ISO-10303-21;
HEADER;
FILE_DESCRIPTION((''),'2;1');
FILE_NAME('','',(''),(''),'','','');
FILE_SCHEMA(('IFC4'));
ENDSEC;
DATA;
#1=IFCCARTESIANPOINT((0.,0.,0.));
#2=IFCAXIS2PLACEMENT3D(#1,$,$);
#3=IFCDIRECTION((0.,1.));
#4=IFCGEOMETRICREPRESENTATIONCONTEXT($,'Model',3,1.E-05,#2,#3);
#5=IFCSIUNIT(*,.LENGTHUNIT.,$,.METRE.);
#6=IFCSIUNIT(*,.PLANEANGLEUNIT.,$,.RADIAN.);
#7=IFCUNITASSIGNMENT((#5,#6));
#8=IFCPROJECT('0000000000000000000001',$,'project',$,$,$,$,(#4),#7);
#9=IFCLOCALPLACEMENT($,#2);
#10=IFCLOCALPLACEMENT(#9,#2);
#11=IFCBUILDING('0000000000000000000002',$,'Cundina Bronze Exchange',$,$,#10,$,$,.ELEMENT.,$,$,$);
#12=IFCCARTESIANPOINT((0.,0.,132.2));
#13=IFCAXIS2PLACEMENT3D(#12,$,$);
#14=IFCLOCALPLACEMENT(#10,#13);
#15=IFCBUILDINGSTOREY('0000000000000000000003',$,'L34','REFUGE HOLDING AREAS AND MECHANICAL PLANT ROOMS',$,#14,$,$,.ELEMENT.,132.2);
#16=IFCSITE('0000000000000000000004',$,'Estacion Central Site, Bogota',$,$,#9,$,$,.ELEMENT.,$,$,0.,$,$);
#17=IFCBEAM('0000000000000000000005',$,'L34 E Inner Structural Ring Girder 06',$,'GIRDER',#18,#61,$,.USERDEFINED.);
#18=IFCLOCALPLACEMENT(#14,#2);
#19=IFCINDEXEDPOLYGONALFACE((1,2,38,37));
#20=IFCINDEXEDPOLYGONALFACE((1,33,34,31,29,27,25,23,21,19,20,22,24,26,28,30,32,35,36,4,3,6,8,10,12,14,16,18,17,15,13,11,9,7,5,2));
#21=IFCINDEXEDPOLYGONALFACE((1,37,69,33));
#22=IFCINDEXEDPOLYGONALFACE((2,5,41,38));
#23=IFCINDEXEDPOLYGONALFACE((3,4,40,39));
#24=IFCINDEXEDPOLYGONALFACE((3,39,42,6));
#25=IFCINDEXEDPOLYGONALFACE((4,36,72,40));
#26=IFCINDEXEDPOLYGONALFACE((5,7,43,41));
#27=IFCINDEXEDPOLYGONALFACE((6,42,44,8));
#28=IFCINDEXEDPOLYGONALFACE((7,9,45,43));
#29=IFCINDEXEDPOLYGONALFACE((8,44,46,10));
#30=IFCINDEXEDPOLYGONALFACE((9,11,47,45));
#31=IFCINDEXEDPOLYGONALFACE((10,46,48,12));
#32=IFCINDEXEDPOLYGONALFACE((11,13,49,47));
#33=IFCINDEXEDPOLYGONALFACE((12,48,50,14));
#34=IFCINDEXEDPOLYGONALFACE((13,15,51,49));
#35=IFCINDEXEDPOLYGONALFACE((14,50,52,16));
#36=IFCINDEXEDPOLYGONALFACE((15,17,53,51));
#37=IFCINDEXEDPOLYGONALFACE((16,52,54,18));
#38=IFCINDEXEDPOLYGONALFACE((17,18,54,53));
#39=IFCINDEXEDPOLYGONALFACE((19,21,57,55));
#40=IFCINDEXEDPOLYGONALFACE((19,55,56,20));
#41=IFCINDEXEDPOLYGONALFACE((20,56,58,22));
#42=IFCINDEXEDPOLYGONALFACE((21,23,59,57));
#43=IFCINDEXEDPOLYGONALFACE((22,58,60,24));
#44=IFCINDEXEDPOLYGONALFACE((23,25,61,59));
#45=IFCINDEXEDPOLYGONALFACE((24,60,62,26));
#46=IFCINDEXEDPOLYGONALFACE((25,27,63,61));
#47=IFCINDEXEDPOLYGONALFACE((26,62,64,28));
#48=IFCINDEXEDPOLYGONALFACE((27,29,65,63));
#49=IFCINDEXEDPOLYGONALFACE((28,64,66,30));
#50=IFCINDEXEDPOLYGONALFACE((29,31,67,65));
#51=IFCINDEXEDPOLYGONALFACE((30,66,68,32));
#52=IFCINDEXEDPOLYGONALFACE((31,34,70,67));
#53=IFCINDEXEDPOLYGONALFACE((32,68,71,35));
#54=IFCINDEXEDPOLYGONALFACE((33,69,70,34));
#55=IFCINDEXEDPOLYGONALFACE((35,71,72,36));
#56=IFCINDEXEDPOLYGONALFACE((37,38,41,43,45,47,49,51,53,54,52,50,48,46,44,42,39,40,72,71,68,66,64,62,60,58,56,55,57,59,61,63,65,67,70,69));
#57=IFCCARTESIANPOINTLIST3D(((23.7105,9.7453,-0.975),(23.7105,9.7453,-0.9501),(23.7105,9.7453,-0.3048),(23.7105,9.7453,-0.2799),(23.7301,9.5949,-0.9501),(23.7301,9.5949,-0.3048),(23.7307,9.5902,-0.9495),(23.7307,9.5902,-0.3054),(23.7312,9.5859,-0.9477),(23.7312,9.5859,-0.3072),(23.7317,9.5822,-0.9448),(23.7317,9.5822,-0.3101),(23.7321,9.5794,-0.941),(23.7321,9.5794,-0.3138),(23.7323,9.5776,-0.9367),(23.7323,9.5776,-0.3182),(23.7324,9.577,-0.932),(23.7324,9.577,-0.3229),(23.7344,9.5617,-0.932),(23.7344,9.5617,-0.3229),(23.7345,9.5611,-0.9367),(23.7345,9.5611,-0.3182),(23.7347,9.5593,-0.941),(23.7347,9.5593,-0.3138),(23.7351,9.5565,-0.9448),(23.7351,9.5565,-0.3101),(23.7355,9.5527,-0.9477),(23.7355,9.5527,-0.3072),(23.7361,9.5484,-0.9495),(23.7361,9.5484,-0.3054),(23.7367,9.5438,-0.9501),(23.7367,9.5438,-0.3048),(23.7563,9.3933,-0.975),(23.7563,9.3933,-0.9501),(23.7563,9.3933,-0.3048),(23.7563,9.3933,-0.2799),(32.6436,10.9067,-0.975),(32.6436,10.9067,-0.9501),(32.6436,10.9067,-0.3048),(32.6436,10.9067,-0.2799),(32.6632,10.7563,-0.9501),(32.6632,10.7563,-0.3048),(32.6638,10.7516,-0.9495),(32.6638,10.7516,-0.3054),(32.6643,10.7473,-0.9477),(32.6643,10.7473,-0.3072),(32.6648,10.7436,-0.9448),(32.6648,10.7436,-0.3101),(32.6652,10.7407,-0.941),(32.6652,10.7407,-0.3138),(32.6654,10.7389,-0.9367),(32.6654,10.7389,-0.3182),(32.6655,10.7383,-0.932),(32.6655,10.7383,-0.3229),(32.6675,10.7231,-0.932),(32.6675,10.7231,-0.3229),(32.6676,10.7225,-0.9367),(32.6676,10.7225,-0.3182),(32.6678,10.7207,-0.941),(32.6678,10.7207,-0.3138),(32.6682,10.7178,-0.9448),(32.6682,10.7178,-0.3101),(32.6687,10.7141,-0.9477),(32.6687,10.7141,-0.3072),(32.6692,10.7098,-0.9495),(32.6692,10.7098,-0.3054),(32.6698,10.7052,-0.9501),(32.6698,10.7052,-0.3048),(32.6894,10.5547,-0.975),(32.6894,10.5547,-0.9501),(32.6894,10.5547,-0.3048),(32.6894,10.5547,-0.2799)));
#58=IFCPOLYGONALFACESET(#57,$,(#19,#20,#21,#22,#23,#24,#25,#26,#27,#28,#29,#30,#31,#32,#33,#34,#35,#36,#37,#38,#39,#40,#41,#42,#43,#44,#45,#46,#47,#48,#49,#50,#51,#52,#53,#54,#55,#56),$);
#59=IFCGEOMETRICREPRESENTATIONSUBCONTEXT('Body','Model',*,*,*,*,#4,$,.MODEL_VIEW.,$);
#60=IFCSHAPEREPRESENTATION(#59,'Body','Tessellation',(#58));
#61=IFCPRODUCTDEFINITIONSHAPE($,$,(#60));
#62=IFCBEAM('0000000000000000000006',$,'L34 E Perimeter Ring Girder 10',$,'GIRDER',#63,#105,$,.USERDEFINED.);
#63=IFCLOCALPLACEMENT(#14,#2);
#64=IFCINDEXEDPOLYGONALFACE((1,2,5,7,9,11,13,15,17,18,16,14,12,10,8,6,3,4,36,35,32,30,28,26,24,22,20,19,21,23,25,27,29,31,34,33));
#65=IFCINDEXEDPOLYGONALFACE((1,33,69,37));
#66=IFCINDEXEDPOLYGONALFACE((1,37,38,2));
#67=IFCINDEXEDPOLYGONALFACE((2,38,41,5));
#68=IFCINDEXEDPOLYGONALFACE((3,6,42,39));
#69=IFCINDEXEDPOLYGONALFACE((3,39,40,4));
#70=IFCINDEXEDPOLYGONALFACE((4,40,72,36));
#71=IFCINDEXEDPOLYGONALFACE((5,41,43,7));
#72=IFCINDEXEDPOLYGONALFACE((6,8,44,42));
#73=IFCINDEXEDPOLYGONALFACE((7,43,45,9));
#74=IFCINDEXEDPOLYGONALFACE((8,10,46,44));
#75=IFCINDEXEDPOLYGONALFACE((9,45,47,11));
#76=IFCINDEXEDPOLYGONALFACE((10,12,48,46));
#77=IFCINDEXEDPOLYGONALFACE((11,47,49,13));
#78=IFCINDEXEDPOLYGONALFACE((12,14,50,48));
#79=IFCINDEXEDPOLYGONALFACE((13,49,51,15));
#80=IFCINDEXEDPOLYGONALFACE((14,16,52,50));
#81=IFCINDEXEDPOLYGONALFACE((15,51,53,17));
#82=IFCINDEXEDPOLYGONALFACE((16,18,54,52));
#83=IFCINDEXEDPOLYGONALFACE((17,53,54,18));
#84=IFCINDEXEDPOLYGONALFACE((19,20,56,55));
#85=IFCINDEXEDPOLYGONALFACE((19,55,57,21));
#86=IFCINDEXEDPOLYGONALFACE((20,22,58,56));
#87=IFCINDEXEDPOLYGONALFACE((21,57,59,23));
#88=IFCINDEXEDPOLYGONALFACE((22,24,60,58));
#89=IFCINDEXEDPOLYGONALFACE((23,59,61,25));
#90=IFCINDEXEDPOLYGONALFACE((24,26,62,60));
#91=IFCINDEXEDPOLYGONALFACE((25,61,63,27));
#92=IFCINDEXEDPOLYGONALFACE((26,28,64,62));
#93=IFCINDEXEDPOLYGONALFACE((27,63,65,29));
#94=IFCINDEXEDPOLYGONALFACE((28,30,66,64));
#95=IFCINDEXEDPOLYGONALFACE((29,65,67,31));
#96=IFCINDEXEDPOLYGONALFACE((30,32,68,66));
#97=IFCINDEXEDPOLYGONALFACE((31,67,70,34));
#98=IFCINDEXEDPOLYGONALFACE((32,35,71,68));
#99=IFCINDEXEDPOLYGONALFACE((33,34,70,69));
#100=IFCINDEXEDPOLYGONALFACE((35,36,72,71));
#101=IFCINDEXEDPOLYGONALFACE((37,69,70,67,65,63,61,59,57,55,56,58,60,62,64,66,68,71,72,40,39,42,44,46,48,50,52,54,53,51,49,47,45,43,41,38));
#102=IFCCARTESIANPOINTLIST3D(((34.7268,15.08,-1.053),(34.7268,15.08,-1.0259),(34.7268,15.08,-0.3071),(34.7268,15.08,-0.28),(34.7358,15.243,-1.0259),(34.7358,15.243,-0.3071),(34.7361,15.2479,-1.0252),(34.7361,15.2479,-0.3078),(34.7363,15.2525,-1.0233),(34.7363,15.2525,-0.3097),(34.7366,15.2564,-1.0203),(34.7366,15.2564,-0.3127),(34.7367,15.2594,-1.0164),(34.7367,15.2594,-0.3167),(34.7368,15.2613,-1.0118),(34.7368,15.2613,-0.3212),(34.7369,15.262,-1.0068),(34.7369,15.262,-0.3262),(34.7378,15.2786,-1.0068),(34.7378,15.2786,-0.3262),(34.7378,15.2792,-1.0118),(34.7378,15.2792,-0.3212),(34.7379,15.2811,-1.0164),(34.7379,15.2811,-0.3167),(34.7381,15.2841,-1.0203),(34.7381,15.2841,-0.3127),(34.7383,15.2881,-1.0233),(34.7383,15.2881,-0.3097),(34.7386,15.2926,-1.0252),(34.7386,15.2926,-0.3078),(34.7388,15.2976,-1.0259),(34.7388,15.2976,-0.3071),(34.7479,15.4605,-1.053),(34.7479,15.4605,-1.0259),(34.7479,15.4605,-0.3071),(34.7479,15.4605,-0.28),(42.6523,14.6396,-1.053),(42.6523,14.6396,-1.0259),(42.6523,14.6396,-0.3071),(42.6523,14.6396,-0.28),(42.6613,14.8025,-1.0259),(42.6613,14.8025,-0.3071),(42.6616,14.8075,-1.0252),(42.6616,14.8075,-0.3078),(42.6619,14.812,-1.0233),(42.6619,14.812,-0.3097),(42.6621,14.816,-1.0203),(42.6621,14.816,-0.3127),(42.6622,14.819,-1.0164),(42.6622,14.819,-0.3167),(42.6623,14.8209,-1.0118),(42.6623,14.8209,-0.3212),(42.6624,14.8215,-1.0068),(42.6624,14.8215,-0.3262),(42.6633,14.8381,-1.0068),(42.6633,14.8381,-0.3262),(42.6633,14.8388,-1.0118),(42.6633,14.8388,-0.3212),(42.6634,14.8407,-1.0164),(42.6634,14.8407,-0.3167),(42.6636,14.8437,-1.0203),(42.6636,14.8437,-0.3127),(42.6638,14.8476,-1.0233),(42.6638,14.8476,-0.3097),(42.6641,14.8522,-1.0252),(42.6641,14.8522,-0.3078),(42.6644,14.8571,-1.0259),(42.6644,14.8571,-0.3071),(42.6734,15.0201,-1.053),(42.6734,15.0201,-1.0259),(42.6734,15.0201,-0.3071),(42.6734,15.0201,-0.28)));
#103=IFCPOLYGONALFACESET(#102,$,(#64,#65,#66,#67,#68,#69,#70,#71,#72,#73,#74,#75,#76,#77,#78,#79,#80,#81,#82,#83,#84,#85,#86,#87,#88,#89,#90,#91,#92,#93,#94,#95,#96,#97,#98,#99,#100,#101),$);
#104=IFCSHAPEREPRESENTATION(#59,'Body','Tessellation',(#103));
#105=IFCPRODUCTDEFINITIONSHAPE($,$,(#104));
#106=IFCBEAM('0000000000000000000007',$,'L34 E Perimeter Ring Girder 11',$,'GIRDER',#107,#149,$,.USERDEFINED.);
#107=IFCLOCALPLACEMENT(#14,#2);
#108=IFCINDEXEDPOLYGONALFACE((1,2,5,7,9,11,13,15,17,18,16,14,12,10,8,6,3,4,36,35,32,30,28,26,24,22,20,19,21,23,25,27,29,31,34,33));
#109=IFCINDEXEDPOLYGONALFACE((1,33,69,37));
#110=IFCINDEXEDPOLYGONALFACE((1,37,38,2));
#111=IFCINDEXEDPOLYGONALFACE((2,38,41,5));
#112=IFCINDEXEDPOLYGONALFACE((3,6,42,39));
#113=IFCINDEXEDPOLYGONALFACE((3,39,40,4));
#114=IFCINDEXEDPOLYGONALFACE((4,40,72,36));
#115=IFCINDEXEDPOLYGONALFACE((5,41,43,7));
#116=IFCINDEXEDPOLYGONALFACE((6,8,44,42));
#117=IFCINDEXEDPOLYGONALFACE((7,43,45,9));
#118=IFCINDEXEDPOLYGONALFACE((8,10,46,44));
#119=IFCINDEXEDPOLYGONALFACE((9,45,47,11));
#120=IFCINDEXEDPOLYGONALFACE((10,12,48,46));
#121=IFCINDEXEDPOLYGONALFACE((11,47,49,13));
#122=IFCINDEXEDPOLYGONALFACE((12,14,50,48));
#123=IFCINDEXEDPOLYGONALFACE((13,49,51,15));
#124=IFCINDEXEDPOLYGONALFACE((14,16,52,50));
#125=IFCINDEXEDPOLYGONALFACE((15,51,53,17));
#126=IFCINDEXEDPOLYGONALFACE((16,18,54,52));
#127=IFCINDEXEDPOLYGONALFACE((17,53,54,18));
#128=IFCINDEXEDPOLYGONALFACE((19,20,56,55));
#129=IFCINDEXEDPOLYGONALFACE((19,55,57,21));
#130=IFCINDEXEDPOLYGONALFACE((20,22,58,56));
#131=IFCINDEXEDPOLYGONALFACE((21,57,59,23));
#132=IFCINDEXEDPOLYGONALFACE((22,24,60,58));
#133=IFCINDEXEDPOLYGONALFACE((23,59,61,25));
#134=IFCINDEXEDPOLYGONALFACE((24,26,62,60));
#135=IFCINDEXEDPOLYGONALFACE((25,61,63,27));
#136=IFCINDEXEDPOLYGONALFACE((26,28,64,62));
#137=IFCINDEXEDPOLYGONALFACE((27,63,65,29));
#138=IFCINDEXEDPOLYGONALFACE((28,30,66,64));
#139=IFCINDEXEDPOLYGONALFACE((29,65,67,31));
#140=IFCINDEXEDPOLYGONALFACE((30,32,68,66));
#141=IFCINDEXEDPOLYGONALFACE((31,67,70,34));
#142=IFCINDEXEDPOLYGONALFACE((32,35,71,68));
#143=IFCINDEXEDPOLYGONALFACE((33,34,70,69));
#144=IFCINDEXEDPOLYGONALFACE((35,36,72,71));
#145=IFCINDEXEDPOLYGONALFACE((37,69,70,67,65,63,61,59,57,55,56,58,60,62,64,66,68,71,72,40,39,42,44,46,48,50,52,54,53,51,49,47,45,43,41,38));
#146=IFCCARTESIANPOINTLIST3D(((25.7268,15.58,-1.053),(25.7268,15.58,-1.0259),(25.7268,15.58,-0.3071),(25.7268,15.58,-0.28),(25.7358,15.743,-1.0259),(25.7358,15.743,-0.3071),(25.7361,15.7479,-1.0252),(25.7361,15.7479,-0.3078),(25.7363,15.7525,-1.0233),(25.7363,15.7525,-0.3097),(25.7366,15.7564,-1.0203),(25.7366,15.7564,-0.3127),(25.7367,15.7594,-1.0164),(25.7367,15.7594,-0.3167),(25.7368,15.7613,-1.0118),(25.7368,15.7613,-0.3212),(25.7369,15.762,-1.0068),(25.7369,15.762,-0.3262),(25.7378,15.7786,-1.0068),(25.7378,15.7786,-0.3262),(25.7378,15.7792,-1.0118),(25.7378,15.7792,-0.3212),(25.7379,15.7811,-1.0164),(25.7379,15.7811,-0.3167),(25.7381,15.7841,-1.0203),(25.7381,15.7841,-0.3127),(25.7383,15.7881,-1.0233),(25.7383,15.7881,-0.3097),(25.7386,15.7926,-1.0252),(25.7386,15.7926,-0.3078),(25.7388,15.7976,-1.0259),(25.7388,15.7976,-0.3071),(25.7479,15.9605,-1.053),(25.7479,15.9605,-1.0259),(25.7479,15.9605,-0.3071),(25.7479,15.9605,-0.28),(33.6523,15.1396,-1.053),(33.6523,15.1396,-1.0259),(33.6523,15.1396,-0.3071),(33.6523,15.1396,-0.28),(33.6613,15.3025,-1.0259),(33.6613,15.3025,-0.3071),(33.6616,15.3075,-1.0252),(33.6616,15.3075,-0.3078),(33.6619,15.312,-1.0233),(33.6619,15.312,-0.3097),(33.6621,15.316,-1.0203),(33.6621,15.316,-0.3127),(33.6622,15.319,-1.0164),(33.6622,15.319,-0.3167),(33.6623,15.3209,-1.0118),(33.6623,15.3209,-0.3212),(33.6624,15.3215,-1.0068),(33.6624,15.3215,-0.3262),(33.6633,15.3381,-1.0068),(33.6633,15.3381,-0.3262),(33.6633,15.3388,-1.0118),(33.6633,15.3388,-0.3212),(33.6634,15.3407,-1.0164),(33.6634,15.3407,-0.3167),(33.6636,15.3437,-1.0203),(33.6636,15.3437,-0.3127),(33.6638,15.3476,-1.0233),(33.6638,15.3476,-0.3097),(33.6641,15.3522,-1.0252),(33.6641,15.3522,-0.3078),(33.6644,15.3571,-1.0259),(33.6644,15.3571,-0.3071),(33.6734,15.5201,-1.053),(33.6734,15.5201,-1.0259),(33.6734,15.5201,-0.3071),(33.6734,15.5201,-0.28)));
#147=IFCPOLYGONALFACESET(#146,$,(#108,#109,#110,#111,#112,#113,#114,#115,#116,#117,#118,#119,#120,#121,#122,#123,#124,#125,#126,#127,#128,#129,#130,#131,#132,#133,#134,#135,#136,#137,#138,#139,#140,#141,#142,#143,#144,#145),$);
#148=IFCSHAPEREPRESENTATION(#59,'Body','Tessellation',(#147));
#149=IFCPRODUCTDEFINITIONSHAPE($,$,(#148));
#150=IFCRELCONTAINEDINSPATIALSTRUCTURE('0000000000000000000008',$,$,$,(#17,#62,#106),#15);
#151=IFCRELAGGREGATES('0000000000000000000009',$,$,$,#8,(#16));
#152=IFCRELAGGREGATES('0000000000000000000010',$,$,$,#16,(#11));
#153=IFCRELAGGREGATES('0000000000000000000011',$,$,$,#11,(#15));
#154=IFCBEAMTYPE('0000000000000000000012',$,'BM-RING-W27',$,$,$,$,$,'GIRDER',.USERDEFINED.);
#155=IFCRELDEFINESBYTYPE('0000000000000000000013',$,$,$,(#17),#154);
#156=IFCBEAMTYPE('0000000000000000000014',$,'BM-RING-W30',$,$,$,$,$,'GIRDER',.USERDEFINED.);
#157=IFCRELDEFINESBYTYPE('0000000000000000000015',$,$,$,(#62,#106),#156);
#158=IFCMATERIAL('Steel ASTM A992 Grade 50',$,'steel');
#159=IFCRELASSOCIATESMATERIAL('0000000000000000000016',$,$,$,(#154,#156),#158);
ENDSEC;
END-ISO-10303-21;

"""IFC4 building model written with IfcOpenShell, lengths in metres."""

from ifc_helpers import new_model, si_unit, direction, frame, origin, origin_2d, place, context, subcontext, project, spatial, i_section, extrude, material, material_profile, profile_set, type_object, element, save


model = new_model("IFC4")

# Units and contexts
model_context = context("Model", 3, precision=1e-05, world=origin(), true_north=direction((0.0, 1.0)))
body_context = subcontext(model_context, "Body", "Model", "MODEL_VIEW")
ifc_project = project(units=[si_unit("LENGTHUNIT", "METRE"), si_unit("PLANEANGLEUNIT", "RADIAN")], contexts=[model_context])

# Site, building, storey
site_placement = place(None, origin())
site = spatial("IfcSite", under=ifc_project, at=site_placement, Name="Estacion Central Site, Bogota", CompositionType="ELEMENT", RefElevation=0.0)
building_placement = place(site_placement, origin())
building = spatial("IfcBuilding", under=site, at=building_placement, Name="Cundina Bronze Exchange", CompositionType="ELEMENT")
storey_placement = place(building_placement, frame((0.0, 0.0, 132.2)))
storey = spatial("IfcBuildingStorey", under=building, at=storey_placement, Name="L34", Description="REFUGE HOLDING AREAS AND MECHANICAL PLANT ROOMS", CompositionType="ELEMENT", Elevation=132.2)

# Beams
ifc_material_1 = material(Name="Steel ASTM A992 Grade 50", Category="steel")
ifc_material_profile_1 = material_profile(ifc_material_1, i_section(OverallWidth=0.355, OverallDepth=0.6951, WebThickness=0.0154, FlangeThickness=0.0249, FilletRadius=0.0181, at=origin_2d()), Name="W27X146", Category="steel")
ifc_profile_set_1 = profile_set([ifc_material_profile_1], Name="Steel ASTM A992 Grade 50")
beam_type_1 = type_object("IfcBeamType", Name="BM-RING-W27", ElementType="GIRDER", PredefinedType="USERDEFINED", material=ifc_profile_set_1)
beam_1_placement = place(storey_placement, frame((32.6665, 10.7307, -0.6274), z_axis=(-0.991655, -0.128923, 0.0), x_axis=(0.128923, -0.991655, 0.0)))
element("IfcBeam", 1, at=beam_1_placement, inside=storey, type_object=beam_type_1, Name="L34 E Inner Structural Ring Girder 06", ObjectType="GIRDER", PredefinedType="USERDEFINED", context=body_context, shape_type="SweptSolid", body=[
    extrude(i_section(OverallWidth=0.355, OverallDepth=0.6951, WebThickness=0.0154, FlangeThickness=0.0249, FilletRadius=0.0181, at=origin_2d()), origin(), (0.0, 0.0, 1.0), 9.0083),
])
ifc_material_profile_2 = material_profile(ifc_material_1, i_section(OverallWidth=0.3811, OverallDepth=0.7729, WebThickness=0.0166, FlangeThickness=0.0271, FilletRadius=0.019, at=origin_2d()), Name="W30X173", Category="steel")
ifc_profile_set_2 = profile_set([ifc_material_profile_2], Name="Steel ASTM A992 Grade 50")
beam_type_2 = type_object("IfcBeamType", Name="BM-RING-W30", ElementType="GIRDER", PredefinedType="USERDEFINED", material=ifc_profile_set_2)
for number, where, z_axis, x_axis, name in (
    (2, (42.6628, 14.8298, -0.6665), (-0.99846, 0.055485, 0.0), (-0.055485, -0.99846, 0.0), "L34 E Perimeter Ring Girder 10"),
    (3, (33.6628, 15.3298, -0.6665), (-0.99846, 0.055485, 0.0), (-0.055485, -0.99846, 0.0), "L34 E Perimeter Ring Girder 11"),
):
    element("IfcBeam", number, at=place(storey_placement, frame(where, z_axis=z_axis, x_axis=x_axis)), inside=storey, type_object=beam_type_2, Name=name, ObjectType="GIRDER", PredefinedType="USERDEFINED", context=body_context, shape_type="SweptSolid", body=[
        extrude(i_section(OverallWidth=0.3811, OverallDepth=0.7729, WebThickness=0.0166, FlangeThickness=0.0271, FilletRadius=0.019, at=origin_2d()), origin(), (0.0, 0.0, 1.0), 7.9377),
    ])

save(model, "model.ifc")
